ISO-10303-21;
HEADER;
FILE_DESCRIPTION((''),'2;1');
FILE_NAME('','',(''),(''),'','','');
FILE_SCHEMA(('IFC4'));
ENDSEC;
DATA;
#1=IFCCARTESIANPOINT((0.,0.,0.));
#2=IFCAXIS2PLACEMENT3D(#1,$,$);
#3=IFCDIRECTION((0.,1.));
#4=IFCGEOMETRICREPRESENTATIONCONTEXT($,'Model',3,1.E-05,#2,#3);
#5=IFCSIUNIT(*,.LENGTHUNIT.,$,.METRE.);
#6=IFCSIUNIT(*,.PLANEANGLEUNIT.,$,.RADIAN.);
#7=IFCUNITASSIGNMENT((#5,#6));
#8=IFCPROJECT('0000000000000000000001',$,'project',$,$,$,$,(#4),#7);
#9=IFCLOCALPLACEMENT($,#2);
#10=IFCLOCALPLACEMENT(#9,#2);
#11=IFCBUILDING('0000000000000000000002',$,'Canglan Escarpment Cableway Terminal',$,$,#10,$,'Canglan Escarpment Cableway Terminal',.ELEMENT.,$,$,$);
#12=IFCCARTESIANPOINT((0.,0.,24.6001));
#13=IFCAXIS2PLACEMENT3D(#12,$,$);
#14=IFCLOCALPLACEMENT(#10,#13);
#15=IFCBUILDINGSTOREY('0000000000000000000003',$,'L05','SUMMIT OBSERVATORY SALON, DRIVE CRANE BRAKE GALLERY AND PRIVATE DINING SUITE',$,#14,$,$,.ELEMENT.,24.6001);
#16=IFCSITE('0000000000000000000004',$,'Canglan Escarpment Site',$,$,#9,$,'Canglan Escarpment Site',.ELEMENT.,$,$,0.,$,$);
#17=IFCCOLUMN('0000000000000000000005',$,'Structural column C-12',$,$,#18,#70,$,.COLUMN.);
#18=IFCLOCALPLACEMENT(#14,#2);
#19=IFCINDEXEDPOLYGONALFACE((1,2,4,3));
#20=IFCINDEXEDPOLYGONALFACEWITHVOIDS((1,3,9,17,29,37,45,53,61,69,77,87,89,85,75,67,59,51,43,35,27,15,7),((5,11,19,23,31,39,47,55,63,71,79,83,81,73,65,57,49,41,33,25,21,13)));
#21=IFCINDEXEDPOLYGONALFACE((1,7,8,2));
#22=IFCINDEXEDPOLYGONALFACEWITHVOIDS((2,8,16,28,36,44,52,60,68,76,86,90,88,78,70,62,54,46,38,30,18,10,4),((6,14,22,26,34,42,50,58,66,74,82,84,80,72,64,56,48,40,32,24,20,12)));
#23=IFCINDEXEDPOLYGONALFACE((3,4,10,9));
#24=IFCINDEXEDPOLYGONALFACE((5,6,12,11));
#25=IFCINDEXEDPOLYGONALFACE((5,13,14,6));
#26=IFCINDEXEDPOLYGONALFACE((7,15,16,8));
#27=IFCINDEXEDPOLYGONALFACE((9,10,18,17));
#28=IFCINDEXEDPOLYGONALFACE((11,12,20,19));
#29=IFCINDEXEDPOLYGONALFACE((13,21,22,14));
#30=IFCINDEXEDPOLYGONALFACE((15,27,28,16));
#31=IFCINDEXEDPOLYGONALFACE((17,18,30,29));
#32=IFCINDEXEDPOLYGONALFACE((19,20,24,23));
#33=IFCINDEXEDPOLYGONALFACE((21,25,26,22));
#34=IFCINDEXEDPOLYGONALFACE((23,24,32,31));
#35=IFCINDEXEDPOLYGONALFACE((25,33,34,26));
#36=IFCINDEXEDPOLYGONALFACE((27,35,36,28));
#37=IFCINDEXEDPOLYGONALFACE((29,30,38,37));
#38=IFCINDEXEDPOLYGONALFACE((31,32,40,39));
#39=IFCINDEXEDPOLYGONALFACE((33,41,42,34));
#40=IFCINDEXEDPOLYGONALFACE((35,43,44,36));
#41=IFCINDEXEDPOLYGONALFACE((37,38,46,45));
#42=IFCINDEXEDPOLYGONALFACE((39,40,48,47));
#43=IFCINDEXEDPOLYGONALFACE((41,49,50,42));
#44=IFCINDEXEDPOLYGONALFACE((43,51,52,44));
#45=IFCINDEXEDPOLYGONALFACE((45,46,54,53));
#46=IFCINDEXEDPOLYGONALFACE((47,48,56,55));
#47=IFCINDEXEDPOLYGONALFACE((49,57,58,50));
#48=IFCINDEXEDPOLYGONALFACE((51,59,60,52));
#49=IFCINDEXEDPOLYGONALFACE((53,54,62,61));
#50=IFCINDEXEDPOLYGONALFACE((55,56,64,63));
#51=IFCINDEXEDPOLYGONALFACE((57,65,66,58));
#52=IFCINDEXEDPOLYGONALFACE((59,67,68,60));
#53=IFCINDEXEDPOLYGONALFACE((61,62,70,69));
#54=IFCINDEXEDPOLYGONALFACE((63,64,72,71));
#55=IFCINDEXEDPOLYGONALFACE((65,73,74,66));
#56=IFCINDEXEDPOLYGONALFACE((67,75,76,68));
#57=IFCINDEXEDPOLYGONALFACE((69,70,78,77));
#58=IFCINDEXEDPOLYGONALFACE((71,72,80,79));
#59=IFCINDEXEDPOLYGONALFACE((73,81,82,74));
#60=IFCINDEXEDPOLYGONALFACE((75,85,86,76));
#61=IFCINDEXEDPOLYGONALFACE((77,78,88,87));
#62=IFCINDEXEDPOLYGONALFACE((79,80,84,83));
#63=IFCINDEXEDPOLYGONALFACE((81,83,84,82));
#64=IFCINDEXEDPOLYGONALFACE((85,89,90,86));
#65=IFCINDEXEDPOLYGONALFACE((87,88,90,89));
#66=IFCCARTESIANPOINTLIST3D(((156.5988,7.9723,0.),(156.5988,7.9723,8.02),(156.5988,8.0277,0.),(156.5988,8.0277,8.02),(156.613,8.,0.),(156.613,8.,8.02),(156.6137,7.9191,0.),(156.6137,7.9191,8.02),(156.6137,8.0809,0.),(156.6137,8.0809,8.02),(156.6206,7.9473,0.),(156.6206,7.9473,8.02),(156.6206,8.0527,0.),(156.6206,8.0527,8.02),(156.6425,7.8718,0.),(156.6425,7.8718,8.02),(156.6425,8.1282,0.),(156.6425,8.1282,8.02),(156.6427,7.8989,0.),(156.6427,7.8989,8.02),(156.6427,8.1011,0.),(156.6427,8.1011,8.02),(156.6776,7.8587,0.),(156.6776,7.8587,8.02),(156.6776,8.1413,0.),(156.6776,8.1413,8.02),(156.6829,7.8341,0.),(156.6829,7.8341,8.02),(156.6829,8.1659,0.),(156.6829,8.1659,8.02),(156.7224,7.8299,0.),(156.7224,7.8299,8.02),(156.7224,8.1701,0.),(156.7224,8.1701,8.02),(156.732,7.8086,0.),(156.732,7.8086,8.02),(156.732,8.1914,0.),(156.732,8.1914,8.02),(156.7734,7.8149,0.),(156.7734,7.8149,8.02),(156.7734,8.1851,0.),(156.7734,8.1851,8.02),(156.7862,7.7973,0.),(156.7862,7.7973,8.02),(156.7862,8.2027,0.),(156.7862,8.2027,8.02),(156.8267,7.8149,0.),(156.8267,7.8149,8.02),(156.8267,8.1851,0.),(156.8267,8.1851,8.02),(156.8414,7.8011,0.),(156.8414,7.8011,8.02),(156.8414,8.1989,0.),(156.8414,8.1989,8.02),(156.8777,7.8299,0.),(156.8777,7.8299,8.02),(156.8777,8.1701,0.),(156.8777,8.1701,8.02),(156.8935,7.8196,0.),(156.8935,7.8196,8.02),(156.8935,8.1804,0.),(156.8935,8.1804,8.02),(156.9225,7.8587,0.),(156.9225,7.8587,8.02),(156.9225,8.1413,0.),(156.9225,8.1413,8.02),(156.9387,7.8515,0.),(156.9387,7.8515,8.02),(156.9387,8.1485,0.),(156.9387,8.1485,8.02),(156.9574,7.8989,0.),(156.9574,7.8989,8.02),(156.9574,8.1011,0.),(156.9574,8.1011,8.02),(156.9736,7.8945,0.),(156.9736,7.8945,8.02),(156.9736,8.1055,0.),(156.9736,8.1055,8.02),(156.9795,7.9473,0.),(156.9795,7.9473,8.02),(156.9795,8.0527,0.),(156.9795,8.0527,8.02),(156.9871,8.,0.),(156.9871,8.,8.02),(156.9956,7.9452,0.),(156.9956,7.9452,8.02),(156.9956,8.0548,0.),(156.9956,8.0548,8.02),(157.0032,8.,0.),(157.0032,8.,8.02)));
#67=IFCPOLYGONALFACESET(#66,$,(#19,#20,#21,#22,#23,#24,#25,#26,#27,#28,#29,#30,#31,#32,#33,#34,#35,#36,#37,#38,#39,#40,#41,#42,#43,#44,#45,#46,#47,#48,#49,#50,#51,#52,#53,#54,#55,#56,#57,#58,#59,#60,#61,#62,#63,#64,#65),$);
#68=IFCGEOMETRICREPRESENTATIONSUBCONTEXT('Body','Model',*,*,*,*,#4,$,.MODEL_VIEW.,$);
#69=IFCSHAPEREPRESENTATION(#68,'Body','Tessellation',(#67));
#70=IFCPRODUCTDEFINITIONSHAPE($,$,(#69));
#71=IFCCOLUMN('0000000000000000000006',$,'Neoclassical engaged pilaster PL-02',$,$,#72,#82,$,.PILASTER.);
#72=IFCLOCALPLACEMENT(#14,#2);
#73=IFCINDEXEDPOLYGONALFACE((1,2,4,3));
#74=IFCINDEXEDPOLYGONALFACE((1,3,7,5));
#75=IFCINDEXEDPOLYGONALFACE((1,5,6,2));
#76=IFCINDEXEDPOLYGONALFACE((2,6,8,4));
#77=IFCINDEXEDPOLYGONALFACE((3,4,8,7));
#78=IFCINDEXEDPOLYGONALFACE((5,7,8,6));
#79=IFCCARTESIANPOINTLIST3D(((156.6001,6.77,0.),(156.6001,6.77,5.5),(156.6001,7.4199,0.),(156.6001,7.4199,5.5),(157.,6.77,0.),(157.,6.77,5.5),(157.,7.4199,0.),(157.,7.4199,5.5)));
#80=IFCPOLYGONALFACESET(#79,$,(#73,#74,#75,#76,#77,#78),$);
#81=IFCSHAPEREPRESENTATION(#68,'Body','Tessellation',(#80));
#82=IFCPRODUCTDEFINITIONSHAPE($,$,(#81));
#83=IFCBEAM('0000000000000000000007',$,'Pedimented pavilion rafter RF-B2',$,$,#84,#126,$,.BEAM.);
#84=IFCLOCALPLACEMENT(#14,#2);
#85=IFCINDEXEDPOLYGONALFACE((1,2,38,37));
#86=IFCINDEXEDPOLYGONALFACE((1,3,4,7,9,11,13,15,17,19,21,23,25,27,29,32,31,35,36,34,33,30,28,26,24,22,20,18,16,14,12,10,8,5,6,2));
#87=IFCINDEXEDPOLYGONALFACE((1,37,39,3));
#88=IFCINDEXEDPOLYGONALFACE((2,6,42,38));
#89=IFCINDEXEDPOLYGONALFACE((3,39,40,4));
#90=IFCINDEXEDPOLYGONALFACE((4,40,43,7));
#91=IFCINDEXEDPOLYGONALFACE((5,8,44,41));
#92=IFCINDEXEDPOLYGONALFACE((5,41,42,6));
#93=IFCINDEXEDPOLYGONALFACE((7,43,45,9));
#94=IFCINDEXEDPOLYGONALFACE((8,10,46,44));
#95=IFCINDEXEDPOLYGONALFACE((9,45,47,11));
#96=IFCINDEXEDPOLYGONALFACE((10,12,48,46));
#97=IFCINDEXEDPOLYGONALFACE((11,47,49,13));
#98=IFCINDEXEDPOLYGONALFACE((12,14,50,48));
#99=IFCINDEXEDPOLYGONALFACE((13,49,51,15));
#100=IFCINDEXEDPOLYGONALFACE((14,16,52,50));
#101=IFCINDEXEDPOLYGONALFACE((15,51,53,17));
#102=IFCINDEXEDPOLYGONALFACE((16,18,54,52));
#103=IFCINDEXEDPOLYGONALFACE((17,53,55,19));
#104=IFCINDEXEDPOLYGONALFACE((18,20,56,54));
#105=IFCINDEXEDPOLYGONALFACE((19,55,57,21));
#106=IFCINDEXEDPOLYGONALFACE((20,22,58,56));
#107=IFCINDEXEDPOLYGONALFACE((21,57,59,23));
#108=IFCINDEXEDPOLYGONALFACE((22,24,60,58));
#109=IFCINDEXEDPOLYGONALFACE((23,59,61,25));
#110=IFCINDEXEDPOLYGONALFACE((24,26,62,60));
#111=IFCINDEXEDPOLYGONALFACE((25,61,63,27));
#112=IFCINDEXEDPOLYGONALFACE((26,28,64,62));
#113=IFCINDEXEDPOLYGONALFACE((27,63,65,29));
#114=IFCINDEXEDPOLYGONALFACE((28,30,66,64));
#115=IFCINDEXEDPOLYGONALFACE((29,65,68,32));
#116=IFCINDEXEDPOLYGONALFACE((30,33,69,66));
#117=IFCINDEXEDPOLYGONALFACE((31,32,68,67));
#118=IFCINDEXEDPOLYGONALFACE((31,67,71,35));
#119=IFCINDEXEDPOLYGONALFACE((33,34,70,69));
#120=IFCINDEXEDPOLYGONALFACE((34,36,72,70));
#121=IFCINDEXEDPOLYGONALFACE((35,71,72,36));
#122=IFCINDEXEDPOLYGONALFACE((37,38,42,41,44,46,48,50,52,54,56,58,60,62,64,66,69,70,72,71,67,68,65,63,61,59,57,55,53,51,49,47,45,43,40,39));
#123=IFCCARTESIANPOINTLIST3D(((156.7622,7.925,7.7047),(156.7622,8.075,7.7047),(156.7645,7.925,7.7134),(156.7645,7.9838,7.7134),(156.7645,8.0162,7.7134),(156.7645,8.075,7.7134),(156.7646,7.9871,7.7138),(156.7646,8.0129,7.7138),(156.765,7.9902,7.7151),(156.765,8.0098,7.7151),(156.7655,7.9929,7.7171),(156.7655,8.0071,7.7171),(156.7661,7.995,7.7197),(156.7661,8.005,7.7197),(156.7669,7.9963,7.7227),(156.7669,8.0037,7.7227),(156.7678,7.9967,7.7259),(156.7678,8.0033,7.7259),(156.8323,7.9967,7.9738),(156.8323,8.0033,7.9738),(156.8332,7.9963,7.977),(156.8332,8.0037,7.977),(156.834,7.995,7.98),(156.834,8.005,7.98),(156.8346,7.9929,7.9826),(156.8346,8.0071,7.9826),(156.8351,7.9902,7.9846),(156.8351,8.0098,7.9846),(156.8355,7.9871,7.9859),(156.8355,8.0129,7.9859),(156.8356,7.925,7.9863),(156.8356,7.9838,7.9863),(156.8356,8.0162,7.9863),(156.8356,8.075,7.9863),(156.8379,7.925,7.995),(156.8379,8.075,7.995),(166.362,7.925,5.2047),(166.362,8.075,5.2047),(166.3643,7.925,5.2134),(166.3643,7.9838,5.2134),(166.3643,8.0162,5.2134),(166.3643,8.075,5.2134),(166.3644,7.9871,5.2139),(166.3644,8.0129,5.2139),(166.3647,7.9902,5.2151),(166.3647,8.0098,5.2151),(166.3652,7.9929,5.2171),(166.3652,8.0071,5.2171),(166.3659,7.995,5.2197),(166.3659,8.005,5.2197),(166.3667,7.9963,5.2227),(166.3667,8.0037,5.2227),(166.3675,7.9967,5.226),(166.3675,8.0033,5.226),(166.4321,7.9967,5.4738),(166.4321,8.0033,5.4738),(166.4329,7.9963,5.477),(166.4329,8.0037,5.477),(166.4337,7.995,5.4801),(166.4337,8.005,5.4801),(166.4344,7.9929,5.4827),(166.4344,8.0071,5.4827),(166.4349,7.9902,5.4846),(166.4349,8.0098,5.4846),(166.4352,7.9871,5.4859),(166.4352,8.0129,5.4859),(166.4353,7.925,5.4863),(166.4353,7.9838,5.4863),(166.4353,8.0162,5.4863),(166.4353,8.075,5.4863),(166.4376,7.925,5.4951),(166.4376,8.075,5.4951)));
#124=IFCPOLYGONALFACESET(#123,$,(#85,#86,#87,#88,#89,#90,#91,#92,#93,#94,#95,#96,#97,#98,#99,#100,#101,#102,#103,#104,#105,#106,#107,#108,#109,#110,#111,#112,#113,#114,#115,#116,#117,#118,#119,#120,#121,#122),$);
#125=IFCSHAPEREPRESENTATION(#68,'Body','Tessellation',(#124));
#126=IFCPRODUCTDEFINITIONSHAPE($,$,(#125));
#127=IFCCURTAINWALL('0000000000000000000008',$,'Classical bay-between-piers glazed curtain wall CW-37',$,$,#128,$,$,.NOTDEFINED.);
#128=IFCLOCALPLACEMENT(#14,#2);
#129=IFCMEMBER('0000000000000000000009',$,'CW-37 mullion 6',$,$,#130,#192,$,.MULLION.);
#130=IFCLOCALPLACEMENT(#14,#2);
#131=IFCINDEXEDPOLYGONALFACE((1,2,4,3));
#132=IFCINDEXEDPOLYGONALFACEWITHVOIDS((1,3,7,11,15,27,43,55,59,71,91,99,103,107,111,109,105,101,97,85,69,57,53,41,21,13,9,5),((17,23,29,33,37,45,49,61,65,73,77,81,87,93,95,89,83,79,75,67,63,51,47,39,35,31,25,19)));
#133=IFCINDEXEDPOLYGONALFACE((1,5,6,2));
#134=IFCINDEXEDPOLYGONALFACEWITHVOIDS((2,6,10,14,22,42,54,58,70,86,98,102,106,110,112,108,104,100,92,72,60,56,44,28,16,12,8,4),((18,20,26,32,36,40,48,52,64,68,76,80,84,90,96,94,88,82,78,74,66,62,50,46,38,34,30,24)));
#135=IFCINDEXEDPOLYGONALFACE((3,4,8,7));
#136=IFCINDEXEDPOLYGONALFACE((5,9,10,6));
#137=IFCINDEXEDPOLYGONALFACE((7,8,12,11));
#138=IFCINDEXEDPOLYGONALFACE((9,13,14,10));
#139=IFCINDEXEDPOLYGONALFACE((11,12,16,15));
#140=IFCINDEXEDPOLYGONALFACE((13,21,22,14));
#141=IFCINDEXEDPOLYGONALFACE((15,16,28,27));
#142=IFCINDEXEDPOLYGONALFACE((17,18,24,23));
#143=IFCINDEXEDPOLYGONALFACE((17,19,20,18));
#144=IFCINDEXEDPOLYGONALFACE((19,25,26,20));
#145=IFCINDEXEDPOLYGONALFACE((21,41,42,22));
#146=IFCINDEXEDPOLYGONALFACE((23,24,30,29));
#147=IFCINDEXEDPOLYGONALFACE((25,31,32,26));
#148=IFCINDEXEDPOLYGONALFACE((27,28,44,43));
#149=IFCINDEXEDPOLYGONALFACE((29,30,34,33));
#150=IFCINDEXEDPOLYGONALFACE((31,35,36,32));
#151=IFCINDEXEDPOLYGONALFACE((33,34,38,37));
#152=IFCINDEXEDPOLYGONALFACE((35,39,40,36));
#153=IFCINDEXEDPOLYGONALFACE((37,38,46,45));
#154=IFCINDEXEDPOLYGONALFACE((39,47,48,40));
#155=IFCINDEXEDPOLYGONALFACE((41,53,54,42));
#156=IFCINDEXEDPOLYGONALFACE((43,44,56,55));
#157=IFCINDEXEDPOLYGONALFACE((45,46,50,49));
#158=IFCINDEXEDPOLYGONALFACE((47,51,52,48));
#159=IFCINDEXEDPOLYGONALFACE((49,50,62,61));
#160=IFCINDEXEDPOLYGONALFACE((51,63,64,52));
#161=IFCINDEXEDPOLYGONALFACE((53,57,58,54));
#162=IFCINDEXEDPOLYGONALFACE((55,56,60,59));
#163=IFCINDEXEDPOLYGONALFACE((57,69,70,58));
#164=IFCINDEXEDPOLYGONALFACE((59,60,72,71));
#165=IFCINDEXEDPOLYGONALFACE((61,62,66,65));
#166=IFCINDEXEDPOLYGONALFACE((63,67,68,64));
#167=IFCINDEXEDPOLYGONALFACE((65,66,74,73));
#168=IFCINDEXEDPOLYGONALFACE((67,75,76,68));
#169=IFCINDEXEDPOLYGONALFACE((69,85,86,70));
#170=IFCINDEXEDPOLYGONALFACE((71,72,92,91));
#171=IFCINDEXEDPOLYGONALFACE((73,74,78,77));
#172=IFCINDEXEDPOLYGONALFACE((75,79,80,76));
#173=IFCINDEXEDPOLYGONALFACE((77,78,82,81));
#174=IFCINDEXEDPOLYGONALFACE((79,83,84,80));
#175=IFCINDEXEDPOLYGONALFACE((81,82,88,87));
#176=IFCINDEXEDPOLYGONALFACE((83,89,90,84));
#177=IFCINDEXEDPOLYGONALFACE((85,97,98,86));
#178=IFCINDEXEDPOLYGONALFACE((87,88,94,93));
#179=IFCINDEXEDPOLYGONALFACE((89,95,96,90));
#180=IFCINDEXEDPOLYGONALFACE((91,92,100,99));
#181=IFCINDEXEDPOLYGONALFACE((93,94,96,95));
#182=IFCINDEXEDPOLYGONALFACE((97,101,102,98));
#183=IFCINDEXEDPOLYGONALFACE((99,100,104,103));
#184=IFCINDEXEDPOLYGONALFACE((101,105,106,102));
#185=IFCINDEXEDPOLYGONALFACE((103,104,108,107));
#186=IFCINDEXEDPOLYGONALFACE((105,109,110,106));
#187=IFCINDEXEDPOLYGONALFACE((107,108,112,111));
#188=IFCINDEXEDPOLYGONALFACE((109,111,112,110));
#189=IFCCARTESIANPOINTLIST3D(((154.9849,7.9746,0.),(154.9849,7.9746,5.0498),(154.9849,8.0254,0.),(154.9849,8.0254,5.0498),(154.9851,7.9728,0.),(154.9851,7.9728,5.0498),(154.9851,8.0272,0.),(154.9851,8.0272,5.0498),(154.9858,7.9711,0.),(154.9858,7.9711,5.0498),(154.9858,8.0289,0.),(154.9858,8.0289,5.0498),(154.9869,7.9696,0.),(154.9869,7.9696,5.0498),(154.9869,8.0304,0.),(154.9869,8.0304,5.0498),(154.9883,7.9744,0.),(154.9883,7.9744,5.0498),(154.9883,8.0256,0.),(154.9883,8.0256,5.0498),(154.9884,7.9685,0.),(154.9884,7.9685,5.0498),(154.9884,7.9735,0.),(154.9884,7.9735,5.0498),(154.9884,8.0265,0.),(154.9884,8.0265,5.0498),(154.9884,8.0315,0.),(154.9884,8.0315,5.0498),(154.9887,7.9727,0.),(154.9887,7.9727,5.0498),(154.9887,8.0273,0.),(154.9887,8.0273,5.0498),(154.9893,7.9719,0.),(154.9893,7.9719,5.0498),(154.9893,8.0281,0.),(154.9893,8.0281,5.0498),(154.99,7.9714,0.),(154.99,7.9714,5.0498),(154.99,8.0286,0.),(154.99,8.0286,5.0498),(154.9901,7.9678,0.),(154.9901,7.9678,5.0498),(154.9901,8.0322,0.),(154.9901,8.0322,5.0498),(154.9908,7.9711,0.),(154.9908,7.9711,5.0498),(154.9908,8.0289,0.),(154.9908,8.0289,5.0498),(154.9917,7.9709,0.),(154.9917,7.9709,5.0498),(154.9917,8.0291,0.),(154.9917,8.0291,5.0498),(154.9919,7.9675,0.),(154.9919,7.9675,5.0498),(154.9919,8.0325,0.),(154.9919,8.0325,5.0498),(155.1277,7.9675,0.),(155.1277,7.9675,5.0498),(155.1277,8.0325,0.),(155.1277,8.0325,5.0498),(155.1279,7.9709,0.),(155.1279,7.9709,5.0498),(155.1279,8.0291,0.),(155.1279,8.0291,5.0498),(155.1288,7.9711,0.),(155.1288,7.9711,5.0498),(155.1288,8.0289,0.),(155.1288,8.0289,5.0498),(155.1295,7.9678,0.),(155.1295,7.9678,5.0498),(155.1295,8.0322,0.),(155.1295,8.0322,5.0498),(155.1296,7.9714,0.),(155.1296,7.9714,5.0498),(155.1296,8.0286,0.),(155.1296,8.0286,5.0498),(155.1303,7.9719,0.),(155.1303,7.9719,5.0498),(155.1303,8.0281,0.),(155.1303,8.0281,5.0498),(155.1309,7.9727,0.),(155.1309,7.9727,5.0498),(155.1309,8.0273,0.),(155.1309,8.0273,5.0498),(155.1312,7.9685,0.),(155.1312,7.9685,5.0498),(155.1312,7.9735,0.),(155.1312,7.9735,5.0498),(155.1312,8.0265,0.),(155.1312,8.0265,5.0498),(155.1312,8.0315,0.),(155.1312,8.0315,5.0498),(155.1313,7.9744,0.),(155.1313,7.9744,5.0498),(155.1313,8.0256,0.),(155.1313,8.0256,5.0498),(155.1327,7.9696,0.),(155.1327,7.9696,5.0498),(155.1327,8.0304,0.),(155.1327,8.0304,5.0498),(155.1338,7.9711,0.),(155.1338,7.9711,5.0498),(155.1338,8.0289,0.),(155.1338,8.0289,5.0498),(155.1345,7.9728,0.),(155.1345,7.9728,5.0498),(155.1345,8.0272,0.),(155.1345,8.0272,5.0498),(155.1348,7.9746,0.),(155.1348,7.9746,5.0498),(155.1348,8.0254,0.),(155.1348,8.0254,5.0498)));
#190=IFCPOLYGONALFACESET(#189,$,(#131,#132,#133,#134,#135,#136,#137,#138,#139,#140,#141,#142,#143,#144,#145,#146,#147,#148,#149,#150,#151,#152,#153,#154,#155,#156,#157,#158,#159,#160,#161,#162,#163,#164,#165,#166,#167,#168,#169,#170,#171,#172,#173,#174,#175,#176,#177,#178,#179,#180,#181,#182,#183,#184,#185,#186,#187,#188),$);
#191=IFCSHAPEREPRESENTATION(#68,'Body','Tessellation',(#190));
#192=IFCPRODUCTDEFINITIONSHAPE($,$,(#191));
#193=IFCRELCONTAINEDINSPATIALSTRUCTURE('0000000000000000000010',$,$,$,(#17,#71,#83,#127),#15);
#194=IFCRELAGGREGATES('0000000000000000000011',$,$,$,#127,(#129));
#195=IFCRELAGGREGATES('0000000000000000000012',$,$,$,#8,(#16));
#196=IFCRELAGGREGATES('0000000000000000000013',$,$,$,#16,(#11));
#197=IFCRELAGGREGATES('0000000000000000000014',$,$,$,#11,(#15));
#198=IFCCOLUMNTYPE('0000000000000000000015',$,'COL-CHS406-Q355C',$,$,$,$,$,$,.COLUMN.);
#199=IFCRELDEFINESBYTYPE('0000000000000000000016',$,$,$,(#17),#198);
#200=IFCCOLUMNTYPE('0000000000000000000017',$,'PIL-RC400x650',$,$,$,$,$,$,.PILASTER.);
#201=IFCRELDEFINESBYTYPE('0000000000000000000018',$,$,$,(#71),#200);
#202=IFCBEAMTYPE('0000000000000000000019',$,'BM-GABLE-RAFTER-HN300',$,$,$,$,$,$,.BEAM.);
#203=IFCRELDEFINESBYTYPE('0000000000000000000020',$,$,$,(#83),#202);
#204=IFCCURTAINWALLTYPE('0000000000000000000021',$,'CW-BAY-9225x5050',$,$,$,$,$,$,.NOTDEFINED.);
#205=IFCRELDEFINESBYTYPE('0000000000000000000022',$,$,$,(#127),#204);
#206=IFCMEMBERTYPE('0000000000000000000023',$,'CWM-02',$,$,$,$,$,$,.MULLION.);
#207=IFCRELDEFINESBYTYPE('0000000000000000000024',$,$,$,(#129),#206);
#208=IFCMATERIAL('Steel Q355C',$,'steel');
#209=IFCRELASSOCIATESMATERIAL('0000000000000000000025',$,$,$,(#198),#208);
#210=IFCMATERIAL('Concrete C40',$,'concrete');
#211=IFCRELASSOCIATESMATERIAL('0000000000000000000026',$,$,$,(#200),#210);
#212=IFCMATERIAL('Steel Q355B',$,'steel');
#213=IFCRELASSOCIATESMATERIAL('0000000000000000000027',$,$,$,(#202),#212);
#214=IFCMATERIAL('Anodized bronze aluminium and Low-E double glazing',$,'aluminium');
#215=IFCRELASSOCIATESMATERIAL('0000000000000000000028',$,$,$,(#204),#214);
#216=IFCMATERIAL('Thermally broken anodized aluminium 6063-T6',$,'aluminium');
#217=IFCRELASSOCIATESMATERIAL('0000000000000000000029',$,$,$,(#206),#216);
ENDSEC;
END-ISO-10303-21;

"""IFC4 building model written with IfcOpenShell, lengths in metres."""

from ifc_helpers import new_model, si_unit, direction, frame, origin, origin_2d, place, context, subcontext, project, spatial, rectangle, hollow_rectangle, hollow_circle, i_section, extrude, material, material_profile, profile_set, type_object, element, aggregate, save


model = new_model("IFC4")

# Units and contexts
model_context = context("Model", 3, precision=1e-05, world=origin(), true_north=direction((0.0, 1.0)))
body_context = subcontext(model_context, "Body", "Model", "MODEL_VIEW")
ifc_project = project(units=[si_unit("LENGTHUNIT", "METRE"), si_unit("PLANEANGLEUNIT", "RADIAN")], contexts=[model_context])

# Site, building, storey
site_placement = place(None, origin())
site = spatial("IfcSite", under=ifc_project, at=site_placement, Name="Canglan Escarpment Site", LongName="Canglan Escarpment Site", CompositionType="ELEMENT", RefElevation=0.0)
building_placement = place(site_placement, origin())
building = spatial("IfcBuilding", under=site, at=building_placement, Name="Canglan Escarpment Cableway Terminal", LongName="Canglan Escarpment Cableway Terminal", CompositionType="ELEMENT")
storey_placement = place(building_placement, frame((0.0, 0.0, 24.6001)))
storey = spatial("IfcBuildingStorey", under=building, at=storey_placement, Name="L05", Description="SUMMIT OBSERVATORY SALON, DRIVE CRANE BRAKE GALLERY AND PRIVATE DINING SUITE", CompositionType="ELEMENT", Elevation=24.6001)

# Columns
ifc_material_1 = material(Name="Steel Q355C", Category="steel")
ifc_material_profile_1 = material_profile(ifc_material_1, hollow_circle(Radius=0.2031, WallThickness=0.0161, at=origin_2d()), Name="CHS 406.4x16")
ifc_profile_set_1 = profile_set([ifc_material_profile_1], Name="Steel Q355C")
column_type_1 = type_object("IfcColumnType", Name="COL-CHS406-Q355C", PredefinedType="COLUMN", material=ifc_profile_set_1)
column_1_placement = place(storey_placement, frame((156.8, 8.0, 0.0), z_axis=(0.0, 0.0, 1.0), x_axis=(1.0, 0.0, 0.0)))
element("IfcColumn", 1, at=column_1_placement, inside=storey, type_object=column_type_1, Name="Structural column C-12", PredefinedType="COLUMN", context=body_context, shape_type="SweptSolid", body=[
    extrude(hollow_circle(Radius=0.2031, WallThickness=0.0161, at=origin_2d()), origin(), (0.0, 0.0, 1.0), 8.02),
])
ifc_material_2 = material(Name="Concrete C40", Category="concrete")
ifc_material_profile_2 = material_profile(ifc_material_2, rectangle(XDim=0.3999, YDim=0.6499, at=origin_2d()), Name="RC-PIL 400x650")
ifc_profile_set_2 = profile_set([ifc_material_profile_2], Name="Concrete C40")
column_type_2 = type_object("IfcColumnType", Name="PIL-RC400x650", PredefinedType="PILASTER", material=ifc_profile_set_2)
column_2_placement = place(storey_placement, frame((156.8, 7.095, 0.0), z_axis=(0.0, 0.0, 1.0), x_axis=(1.0, 0.0, 0.0)))
element("IfcColumn", 2, at=column_2_placement, inside=storey, type_object=column_type_2, Name="Neoclassical engaged pilaster PL-02", PredefinedType="PILASTER", context=body_context, shape_type="SweptSolid", body=[
    extrude(rectangle(XDim=0.3999, YDim=0.6499, at=origin_2d()), origin(), (0.0, 0.0, 1.0), 5.5),
])

# Beam
ifc_material_3 = material(Name="Steel Q355B", Category="steel")
ifc_material_profile_3 = material_profile(ifc_material_3, i_section(OverallWidth=0.1499, OverallDepth=0.3, WebThickness=0.0066, FlangeThickness=0.009, FilletRadius=0.0129, at=origin_2d()), Name="HN 300x150x6.5x9")
ifc_profile_set_3 = profile_set([ifc_material_profile_3], Name="Steel Q355B")
beam_type = type_object("IfcBeamType", Name="BM-GABLE-RAFTER-HN300", PredefinedType="BEAM", material=ifc_profile_set_3)
beam_placement = place(storey_placement, frame((156.8, 8.0, 7.8499), z_axis=(0.967723, 0.0, -0.252015), x_axis=(0.0, 1.0, 0.0)))
element("IfcBeam", 3, at=beam_placement, inside=storey, type_object=beam_type, Name="Pedimented pavilion rafter RF-B2", PredefinedType="BEAM", context=body_context, shape_type="SweptSolid", body=[
    extrude(i_section(OverallWidth=0.1499, OverallDepth=0.3, WebThickness=0.0066, FlangeThickness=0.009, FilletRadius=0.0129, at=origin_2d()), origin(), (0.0, 0.0, 1.0), 9.9199),
])

# Curtain wall, member
ifc_material_4 = material(Name="Anodized bronze aluminium and Low-E double glazing", Category="aluminium")
curtain_wall_type = type_object("IfcCurtainWallType", Name="CW-BAY-9225x5050", PredefinedType="NOTDEFINED", material=ifc_material_4)
curtain_wall_1_placement = place(storey_placement, origin())
curtain_wall_1 = element("IfcCurtainWall", 4, at=curtain_wall_1_placement, inside=storey, type_object=curtain_wall_type, Name="Classical bay-between-piers glazed curtain wall CW-37", PredefinedType="NOTDEFINED")
ifc_material_5 = material(Name="Thermally broken anodized aluminium 6063-T6", Category="aluminium")
ifc_material_profile_4 = material_profile(ifc_material_5, hollow_rectangle(XDim=0.0649, YDim=0.1499, WallThickness=0.0034, InnerFilletRadius=0.0034, OuterFilletRadius=0.0071, at=origin_2d()), Name="ALU-MULL 65x150x3.5")
ifc_profile_set_4 = profile_set([ifc_material_profile_4], Name="Thermally broken anodized aluminium 6063-T6")
member_type_1 = type_object("IfcMemberType", Name="CWM-02", PredefinedType="MULLION", material=ifc_profile_set_4)
member_1_placement = place(storey_placement, frame((155.0598, 8.0, 0.0), z_axis=(0.0, 0.0, 1.0), x_axis=(0.0, 1.0, 0.0)))
member_1 = element("IfcMember", 5, at=member_1_placement, type_object=member_type_1, Name="CW-37 mullion 6", PredefinedType="MULLION", context=body_context, shape_type="SweptSolid", body=[
    extrude(hollow_rectangle(XDim=0.0649, YDim=0.1499, WallThickness=0.0034, InnerFilletRadius=0.0034, OuterFilletRadius=0.0071, at=origin_2d()), origin(), (0.0, 0.0, 1.0), 5.0498),
])

aggregate(curtain_wall_1, [member_1])

save(model, "model.ifc")
